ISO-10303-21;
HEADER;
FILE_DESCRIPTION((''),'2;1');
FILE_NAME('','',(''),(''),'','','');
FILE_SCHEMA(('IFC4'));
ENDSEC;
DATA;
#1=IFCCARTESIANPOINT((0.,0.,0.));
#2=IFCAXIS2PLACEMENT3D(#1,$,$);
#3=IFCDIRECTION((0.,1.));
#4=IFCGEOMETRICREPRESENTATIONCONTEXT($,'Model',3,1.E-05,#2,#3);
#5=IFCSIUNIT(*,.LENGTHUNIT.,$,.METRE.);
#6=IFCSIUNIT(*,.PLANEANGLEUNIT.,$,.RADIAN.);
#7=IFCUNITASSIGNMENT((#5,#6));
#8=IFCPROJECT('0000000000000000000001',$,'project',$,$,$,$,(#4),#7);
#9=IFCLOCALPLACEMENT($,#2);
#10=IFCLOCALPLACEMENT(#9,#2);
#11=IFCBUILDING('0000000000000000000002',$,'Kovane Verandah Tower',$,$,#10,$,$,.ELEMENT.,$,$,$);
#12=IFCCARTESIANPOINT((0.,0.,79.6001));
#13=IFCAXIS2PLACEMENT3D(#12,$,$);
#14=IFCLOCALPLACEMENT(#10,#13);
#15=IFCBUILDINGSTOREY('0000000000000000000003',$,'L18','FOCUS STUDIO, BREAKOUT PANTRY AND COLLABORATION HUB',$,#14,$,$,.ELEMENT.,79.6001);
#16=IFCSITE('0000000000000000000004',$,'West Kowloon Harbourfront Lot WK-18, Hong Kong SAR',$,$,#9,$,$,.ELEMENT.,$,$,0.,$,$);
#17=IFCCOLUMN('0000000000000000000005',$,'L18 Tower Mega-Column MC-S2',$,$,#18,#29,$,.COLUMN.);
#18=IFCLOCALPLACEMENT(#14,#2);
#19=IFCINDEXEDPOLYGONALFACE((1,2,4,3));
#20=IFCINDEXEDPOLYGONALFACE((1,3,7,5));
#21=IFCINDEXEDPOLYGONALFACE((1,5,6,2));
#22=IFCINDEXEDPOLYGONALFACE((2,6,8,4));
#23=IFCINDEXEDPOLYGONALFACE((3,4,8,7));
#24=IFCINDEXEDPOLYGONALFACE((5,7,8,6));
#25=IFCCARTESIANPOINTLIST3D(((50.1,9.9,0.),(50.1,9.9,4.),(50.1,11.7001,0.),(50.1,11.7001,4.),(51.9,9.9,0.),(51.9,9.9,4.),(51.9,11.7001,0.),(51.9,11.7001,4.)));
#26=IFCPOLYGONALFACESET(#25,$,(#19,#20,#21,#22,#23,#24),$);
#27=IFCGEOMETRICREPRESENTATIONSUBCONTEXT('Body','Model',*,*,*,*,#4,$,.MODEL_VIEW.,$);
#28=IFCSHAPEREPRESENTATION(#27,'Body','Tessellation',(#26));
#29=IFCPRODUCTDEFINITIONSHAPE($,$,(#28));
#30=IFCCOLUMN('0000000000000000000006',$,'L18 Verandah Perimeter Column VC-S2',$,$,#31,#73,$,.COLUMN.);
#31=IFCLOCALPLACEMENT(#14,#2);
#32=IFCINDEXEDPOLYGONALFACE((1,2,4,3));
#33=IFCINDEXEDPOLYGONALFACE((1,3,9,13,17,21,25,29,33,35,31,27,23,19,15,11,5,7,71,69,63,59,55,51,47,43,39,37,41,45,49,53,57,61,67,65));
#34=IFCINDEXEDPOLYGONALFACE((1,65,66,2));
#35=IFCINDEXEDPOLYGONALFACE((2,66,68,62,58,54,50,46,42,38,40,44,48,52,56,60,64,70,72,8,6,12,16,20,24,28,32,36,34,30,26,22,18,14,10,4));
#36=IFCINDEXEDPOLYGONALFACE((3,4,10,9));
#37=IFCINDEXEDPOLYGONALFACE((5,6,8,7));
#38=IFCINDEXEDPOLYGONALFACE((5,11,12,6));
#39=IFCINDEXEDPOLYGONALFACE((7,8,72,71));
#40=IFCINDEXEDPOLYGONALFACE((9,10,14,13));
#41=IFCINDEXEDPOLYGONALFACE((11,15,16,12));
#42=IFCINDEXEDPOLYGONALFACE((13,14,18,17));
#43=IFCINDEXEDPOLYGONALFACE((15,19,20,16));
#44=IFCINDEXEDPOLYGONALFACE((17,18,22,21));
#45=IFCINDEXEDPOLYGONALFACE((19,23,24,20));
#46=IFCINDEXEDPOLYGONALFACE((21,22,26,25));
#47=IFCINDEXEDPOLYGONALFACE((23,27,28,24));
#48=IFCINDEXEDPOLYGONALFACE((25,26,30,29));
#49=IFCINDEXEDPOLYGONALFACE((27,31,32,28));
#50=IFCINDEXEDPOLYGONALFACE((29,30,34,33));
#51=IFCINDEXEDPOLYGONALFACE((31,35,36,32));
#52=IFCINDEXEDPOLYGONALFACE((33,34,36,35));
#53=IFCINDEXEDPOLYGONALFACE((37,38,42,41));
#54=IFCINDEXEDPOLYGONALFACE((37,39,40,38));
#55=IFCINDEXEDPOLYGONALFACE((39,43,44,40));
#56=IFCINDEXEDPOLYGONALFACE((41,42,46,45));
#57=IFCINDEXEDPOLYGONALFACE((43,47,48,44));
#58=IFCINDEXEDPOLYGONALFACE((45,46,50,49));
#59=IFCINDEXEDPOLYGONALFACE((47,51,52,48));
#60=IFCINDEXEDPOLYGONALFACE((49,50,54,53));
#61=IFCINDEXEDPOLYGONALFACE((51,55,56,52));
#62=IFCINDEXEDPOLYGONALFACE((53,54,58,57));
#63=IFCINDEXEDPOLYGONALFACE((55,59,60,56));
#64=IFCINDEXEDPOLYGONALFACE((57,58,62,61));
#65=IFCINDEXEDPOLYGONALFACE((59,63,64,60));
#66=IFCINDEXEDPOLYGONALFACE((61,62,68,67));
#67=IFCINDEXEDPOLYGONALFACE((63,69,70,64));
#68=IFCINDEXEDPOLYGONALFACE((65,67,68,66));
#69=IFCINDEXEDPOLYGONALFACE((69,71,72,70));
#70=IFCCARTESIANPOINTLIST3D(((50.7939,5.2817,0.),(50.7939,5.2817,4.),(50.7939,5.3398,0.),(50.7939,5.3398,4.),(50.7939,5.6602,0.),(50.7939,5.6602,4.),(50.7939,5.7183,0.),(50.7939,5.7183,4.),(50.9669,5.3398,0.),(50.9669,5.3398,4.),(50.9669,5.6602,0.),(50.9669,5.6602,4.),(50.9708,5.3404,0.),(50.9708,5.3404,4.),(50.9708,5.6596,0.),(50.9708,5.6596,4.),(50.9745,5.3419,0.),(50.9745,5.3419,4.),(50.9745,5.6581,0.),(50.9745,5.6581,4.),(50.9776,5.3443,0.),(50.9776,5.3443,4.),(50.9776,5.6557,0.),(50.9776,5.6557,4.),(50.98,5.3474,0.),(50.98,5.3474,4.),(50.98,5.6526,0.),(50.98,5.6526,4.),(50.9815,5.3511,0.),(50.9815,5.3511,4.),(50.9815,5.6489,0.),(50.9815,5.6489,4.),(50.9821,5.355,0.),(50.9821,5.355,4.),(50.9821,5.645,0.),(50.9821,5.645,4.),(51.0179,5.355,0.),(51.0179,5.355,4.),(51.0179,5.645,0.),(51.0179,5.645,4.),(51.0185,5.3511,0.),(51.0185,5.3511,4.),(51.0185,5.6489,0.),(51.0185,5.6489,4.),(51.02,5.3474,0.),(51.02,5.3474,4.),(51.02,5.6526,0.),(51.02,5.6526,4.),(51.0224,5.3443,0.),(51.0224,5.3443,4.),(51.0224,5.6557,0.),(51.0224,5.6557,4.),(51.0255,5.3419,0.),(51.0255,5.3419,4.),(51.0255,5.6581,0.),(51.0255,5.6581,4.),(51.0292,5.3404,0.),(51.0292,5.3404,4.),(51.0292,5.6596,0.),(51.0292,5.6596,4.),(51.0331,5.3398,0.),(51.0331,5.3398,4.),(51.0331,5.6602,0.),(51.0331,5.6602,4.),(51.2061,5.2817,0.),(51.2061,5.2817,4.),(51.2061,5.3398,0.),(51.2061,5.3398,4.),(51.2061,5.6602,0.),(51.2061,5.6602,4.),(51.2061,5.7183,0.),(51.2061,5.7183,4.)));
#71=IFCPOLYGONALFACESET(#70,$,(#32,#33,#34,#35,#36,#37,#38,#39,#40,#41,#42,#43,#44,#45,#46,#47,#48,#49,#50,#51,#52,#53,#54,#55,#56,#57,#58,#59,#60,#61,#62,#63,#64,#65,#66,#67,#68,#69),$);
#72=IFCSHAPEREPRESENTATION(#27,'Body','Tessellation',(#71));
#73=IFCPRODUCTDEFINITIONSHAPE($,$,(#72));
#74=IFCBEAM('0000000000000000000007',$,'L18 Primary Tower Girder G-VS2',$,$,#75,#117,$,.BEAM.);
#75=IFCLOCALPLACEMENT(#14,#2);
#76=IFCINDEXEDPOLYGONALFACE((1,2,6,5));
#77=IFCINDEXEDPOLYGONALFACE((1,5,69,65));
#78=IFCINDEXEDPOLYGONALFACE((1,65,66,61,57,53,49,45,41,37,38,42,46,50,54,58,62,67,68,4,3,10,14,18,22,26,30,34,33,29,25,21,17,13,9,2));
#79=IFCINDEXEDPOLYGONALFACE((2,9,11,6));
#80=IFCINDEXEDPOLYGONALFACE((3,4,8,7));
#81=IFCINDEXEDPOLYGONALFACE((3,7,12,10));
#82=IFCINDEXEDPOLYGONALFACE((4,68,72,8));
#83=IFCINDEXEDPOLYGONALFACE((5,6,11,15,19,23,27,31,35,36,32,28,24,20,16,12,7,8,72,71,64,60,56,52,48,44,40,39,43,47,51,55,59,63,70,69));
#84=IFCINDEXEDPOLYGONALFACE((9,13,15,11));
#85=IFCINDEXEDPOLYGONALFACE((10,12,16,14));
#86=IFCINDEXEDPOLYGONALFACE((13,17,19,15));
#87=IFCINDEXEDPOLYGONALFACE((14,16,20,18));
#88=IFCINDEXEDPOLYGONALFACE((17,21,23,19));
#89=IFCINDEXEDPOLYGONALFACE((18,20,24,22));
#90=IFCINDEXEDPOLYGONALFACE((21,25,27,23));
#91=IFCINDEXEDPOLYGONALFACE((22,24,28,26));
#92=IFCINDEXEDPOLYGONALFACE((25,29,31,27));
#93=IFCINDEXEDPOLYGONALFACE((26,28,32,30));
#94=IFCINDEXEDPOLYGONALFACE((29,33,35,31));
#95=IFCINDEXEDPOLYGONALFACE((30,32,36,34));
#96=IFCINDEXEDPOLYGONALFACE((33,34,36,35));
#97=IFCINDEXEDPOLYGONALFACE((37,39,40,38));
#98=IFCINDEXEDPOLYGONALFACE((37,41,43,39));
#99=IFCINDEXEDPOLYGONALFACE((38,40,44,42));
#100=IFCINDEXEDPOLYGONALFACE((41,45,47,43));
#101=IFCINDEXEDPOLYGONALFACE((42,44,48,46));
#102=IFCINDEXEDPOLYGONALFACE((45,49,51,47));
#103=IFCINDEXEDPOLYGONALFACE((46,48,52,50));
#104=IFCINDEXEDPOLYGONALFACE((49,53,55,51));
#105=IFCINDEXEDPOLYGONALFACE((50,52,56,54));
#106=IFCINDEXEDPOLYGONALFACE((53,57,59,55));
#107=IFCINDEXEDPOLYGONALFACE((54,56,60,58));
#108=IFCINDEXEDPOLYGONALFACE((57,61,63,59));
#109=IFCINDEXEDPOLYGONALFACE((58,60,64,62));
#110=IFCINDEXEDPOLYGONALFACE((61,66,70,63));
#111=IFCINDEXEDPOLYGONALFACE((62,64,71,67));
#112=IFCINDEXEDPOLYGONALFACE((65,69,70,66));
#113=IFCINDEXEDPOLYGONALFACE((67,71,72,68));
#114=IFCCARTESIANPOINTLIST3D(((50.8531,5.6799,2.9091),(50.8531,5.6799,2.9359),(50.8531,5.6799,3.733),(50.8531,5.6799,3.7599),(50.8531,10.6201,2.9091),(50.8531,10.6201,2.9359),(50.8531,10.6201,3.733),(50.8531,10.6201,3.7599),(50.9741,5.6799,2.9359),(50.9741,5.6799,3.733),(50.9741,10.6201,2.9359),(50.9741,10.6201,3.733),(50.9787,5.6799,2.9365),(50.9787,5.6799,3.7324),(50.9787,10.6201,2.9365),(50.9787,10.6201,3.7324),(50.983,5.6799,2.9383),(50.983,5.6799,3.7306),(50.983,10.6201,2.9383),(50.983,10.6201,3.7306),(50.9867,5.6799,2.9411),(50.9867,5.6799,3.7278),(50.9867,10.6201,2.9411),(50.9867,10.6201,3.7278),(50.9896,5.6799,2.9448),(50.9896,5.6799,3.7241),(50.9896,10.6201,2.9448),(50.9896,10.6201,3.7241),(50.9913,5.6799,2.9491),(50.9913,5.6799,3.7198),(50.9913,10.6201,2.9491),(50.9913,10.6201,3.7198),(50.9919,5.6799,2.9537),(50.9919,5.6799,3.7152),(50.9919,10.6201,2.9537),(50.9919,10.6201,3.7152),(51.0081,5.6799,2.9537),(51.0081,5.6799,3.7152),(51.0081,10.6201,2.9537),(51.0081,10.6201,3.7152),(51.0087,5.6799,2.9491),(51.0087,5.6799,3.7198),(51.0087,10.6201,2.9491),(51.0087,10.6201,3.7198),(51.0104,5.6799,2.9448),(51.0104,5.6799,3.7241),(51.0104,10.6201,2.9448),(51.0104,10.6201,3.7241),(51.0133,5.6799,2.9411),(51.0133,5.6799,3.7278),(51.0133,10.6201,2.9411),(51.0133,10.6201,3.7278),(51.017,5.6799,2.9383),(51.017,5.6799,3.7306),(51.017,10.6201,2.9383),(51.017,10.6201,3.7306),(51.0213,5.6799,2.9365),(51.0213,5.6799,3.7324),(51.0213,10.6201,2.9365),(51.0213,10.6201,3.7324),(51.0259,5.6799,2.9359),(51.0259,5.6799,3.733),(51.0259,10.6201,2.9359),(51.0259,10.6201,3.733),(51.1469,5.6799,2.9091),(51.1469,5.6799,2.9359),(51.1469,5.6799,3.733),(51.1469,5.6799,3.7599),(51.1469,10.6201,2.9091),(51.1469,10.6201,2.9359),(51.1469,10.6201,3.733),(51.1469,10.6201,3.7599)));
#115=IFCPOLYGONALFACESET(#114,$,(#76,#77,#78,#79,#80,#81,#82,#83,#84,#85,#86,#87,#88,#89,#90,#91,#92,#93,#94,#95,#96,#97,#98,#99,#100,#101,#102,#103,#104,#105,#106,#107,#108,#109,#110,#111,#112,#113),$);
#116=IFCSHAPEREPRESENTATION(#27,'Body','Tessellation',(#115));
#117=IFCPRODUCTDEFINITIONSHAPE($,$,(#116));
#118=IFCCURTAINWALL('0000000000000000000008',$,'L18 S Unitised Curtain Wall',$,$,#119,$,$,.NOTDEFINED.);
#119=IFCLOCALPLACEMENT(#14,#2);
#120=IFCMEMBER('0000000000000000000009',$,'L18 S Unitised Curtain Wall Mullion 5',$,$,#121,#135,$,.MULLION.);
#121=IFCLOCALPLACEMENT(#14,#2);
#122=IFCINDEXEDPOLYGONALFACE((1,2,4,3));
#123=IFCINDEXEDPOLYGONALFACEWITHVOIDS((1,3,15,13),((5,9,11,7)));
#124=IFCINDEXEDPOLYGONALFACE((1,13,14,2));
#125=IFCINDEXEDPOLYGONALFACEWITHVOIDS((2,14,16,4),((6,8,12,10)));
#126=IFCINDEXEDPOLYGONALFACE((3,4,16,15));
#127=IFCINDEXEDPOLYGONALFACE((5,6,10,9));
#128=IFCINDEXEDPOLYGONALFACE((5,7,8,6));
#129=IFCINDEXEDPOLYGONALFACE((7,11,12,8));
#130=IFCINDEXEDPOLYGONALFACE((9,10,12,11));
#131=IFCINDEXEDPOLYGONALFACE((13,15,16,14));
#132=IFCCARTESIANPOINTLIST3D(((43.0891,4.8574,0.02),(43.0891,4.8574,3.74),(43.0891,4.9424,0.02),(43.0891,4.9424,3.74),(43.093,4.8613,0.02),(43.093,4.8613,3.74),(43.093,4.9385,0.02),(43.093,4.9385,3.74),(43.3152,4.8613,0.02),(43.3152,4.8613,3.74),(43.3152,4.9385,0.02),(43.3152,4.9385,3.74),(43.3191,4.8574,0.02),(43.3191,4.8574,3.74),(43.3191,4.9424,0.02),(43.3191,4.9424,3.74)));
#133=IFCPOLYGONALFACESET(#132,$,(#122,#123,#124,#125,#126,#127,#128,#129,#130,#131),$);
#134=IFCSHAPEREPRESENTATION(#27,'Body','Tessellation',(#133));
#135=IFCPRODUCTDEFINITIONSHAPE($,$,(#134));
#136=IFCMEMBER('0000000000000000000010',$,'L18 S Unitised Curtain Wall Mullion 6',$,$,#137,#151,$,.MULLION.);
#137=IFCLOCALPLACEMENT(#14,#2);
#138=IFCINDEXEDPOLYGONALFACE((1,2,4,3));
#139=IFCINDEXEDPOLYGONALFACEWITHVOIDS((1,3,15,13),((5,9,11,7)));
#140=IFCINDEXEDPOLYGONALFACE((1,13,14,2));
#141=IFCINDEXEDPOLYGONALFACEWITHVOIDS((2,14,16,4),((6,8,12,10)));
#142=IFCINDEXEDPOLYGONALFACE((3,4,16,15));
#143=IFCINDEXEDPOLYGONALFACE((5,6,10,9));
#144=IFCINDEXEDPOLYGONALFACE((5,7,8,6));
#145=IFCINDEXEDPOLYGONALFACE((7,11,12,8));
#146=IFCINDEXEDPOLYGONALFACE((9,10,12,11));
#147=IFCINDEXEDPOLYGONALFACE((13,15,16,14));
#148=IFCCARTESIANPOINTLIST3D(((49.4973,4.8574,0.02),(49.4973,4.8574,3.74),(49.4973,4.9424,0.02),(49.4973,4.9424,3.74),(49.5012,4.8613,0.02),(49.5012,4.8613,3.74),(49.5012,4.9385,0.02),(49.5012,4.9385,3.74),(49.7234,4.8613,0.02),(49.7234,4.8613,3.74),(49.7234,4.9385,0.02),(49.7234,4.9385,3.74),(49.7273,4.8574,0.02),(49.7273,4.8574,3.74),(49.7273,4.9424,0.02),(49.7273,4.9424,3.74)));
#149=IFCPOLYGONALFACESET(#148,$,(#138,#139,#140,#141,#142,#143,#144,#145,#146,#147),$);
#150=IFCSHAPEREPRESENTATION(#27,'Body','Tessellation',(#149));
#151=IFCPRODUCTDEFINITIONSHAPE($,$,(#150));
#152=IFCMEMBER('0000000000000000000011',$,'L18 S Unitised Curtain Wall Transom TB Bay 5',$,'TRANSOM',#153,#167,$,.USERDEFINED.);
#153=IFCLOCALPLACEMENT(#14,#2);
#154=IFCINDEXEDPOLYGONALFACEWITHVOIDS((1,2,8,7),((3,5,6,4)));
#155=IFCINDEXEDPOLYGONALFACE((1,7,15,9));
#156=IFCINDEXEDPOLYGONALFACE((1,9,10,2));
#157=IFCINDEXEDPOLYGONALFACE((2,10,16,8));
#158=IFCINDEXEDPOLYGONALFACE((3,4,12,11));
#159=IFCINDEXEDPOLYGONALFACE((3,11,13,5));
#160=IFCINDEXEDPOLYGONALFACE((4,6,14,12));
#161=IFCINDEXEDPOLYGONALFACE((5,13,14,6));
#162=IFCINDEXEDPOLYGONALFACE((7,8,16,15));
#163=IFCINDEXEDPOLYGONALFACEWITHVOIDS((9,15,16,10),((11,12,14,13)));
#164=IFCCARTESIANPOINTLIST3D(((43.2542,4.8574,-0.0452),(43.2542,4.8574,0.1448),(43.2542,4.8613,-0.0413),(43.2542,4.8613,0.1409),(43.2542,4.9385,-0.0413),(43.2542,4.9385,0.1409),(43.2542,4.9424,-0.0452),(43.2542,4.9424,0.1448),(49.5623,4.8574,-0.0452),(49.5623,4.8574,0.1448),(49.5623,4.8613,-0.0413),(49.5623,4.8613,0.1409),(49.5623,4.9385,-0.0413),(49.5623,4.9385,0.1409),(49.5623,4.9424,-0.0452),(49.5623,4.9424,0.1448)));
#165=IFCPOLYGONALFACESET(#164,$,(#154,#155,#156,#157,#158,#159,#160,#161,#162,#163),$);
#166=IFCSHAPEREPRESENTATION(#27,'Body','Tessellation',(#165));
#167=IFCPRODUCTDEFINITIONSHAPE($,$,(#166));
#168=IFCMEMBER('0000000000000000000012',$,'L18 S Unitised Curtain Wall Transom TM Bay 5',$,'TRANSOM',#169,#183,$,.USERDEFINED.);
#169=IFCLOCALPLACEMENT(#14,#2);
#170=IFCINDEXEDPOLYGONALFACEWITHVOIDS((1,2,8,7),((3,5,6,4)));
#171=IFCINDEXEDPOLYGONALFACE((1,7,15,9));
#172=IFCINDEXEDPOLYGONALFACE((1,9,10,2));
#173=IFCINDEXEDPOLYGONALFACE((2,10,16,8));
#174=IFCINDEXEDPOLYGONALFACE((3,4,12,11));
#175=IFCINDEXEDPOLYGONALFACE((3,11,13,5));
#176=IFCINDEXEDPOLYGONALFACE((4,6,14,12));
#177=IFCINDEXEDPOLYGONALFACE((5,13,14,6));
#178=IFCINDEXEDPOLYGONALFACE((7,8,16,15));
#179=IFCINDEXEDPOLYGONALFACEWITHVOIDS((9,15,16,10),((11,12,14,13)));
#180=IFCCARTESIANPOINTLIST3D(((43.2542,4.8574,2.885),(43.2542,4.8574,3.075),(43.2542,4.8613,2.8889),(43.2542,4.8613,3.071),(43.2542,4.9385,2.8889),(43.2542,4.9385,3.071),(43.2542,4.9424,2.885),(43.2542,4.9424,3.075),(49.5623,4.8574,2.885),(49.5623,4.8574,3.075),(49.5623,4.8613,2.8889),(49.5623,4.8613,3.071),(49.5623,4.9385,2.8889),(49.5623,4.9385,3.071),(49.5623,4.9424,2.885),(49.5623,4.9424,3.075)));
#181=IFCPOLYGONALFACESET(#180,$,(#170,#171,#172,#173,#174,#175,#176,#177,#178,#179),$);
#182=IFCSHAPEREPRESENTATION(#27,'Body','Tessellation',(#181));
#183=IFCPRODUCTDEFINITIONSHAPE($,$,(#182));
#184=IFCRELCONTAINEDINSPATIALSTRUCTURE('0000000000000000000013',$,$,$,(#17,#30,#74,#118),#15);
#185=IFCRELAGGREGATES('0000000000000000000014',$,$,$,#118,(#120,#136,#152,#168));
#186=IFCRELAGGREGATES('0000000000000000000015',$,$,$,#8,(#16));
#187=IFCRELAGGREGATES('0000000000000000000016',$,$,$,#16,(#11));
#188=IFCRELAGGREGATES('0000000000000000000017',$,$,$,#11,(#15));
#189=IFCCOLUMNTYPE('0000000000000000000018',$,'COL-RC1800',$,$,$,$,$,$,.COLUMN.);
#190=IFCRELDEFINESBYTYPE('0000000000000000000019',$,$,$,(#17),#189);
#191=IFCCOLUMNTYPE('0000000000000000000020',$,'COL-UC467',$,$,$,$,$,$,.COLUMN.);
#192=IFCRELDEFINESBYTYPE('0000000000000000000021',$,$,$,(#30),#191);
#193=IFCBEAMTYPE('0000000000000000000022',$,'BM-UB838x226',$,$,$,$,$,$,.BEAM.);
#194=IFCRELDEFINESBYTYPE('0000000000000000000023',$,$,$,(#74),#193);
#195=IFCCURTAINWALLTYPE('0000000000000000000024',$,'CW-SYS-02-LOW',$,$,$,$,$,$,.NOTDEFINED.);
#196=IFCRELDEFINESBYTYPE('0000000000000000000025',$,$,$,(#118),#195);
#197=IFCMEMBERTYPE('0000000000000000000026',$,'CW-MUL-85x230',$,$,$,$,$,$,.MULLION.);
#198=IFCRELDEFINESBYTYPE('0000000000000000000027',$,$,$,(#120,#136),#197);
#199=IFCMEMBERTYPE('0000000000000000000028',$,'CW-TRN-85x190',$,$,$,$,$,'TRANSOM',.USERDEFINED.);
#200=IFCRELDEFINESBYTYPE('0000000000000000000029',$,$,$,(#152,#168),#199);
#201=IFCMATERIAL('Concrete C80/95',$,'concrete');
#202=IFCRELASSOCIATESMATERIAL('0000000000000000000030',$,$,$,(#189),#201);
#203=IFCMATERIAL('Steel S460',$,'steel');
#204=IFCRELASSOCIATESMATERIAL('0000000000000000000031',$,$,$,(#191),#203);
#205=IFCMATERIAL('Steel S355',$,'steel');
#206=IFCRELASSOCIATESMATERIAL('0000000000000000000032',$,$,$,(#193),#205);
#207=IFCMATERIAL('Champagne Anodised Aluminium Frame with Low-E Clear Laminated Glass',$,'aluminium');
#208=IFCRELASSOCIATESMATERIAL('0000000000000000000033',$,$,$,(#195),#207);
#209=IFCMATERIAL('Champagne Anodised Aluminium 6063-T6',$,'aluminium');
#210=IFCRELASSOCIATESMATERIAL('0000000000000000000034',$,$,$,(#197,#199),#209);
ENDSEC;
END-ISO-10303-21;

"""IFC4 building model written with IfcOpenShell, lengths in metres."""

from ifc_helpers import new_model, si_unit, direction, frame, origin, origin_2d, place, context, subcontext, project, spatial, rectangle, hollow_rectangle, i_section, extrude, material, material_profile, profile_set, type_object, element, aggregate, save


model = new_model("IFC4")

# Units and contexts
model_context = context("Model", 3, precision=1e-05, world=origin(), true_north=direction((0.0, 1.0)))
body_context = subcontext(model_context, "Body", "Model", "MODEL_VIEW")
ifc_project = project(units=[si_unit("LENGTHUNIT", "METRE"), si_unit("PLANEANGLEUNIT", "RADIAN")], contexts=[model_context])

# Site, building, storey
site_placement = place(None, origin())
site = spatial("IfcSite", under=ifc_project, at=site_placement, Name="West Kowloon Harbourfront Lot WK-18, Hong Kong SAR", CompositionType="ELEMENT", RefElevation=0.0)
building_placement = place(site_placement, origin())
building = spatial("IfcBuilding", under=site, at=building_placement, Name="Kovane Verandah Tower", CompositionType="ELEMENT")
storey_placement = place(building_placement, frame((0.0, 0.0, 79.6001)))
storey = spatial("IfcBuildingStorey", under=building, at=storey_placement, Name="L18", Description="FOCUS STUDIO, BREAKOUT PANTRY AND COLLABORATION HUB", CompositionType="ELEMENT", Elevation=79.6001)

# Columns
ifc_material_1 = material(Name="Concrete C80/95", Category="concrete")
ifc_material_profile_1 = material_profile(ifc_material_1, rectangle(XDim=1.8, YDim=1.8, at=origin_2d()), Name="RC1800x1800")
ifc_profile_set_1 = profile_set([ifc_material_profile_1], Name="Concrete C80/95")
column_type_1 = type_object("IfcColumnType", Name="COL-RC1800", PredefinedType="COLUMN", material=ifc_profile_set_1)
column_1_placement = place(storey_placement, frame((51.0, 10.8, 0.0), z_axis=(0.0, 0.0, 1.0), x_axis=(1.0, 0.0, 0.0)))
element("IfcColumn", 1, at=column_1_placement, inside=storey, type_object=column_type_1, Name="L18 Tower Mega-Column MC-S2", PredefinedType="COLUMN", context=body_context, shape_type="SweptSolid", body=[
    extrude(rectangle(XDim=1.8, YDim=1.8, at=origin_2d()), origin(), (0.0, 0.0, 1.0), 4.0),
])
ifc_material_2 = material(Name="Steel S460", Category="steel")
ifc_material_profile_2 = material_profile(ifc_material_2, i_section(OverallWidth=0.4121, OverallDepth=0.4365, WebThickness=0.0359, FlangeThickness=0.0581, FilletRadius=0.0151, at=origin_2d()), Name="UC356x406x467")
ifc_profile_set_2 = profile_set([ifc_material_profile_2], Name="Steel S460")
column_type_2 = type_object("IfcColumnType", Name="COL-UC467", PredefinedType="COLUMN", material=ifc_profile_set_2)
column_2_placement = place(storey_placement, frame((51.0, 5.5, 0.0), z_axis=(0.0, 0.0, 1.0), x_axis=(1.0, 0.0, 0.0)))
element("IfcColumn", 2, at=column_2_placement, inside=storey, type_object=column_type_2, Name="L18 Verandah Perimeter Column VC-S2", PredefinedType="COLUMN", context=body_context, shape_type="SweptSolid", body=[
    extrude(i_section(OverallWidth=0.4121, OverallDepth=0.4365, WebThickness=0.0359, FlangeThickness=0.0581, FilletRadius=0.0151, at=origin_2d()), origin(), (0.0, 0.0, 1.0), 4.0),
])

# Beam
ifc_material_3 = material(Name="Steel S355", Category="steel")
ifc_material_profile_3 = material_profile(ifc_material_3, i_section(OverallWidth=0.2937, OverallDepth=0.8508, WebThickness=0.0161, FlangeThickness=0.0269, FilletRadius=0.0178, at=origin_2d()), Name="UB838x292x226")
ifc_profile_set_3 = profile_set([ifc_material_profile_3], Name="Steel S355")
beam_type = type_object("IfcBeamType", Name="BM-UB838x226", PredefinedType="BEAM", material=ifc_profile_set_3)
beam_placement = place(storey_placement, frame((51.0, 10.6201, 3.3345), z_axis=(0.0, -1.0, 0.0), x_axis=(1.0, 0.0, 0.0)))
element("IfcBeam", 3, at=beam_placement, inside=storey, type_object=beam_type, Name="L18 Primary Tower Girder G-VS2", PredefinedType="BEAM", context=body_context, shape_type="SweptSolid", body=[
    extrude(i_section(OverallWidth=0.2937, OverallDepth=0.8508, WebThickness=0.0161, FlangeThickness=0.0269, FilletRadius=0.0178, at=origin_2d()), origin(), (0.0, 0.0, 1.0), 4.9402),
])

# Curtain wall, members
ifc_material_4 = material(Name="Champagne Anodised Aluminium Frame with Low-E Clear Laminated Glass", Category="aluminium")
curtain_wall_type = type_object("IfcCurtainWallType", Name="CW-SYS-02-LOW", PredefinedType="NOTDEFINED", material=ifc_material_4)
curtain_wall_placement = place(storey_placement, origin())
curtain_wall = element("IfcCurtainWall", 4, at=curtain_wall_placement, inside=storey, type_object=curtain_wall_type, Name="L18 S Unitised Curtain Wall", PredefinedType="NOTDEFINED")
ifc_material_5 = material(Name="Champagne Anodised Aluminium 6063-T6", Category="aluminium")
ifc_material_profile_4 = material_profile(ifc_material_5, hollow_rectangle(XDim=0.085, YDim=0.23, WallThickness=0.0039, at=origin_2d()), Name="AL85x230x4")
ifc_profile_set_4 = profile_set([ifc_material_profile_4], Name="Champagne Anodised Aluminium 6063-T6")
member_type_1 = type_object("IfcMemberType", Name="CW-MUL-85x230", PredefinedType="MULLION", material=ifc_profile_set_4)
member_1_placement = place(storey_placement, frame((43.2041, 4.8999, 0.02), z_axis=(0.0, 0.0, 1.0), x_axis=(0.0, -1.0, 0.0)))
member_1 = element("IfcMember", 5, at=member_1_placement, type_object=member_type_1, Name="L18 S Unitised Curtain Wall Mullion 5", PredefinedType="MULLION", context=body_context, shape_type="SweptSolid", body=[
    extrude(hollow_rectangle(XDim=0.085, YDim=0.23, WallThickness=0.0039, at=origin_2d()), origin(), (0.0, 0.0, 1.0), 3.72),
])
member_2_placement = place(storey_placement, frame((49.6123, 4.8999, 0.02), z_axis=(0.0, 0.0, 1.0), x_axis=(0.0, -1.0, 0.0)))
member_2 = element("IfcMember", 6, at=member_2_placement, type_object=member_type_1, Name="L18 S Unitised Curtain Wall Mullion 6", PredefinedType="MULLION", context=body_context, shape_type="SweptSolid", body=[
    extrude(hollow_rectangle(XDim=0.085, YDim=0.23, WallThickness=0.0039, at=origin_2d()), origin(), (0.0, 0.0, 1.0), 3.72),
])
ifc_material_profile_5 = material_profile(ifc_material_5, hollow_rectangle(XDim=0.085, YDim=0.1899, WallThickness=0.0039, at=origin_2d()), Name="AL85x190x4")
ifc_profile_set_5 = profile_set([ifc_material_profile_5], Name="Champagne Anodised Aluminium 6063-T6")
member_type_2 = type_object("IfcMemberType", Name="CW-TRN-85x190", ElementType="TRANSOM", PredefinedType="USERDEFINED", material=ifc_profile_set_5)
member_3_placement = place(storey_placement, frame((43.2542, 4.8999, 0.0498), z_axis=(1.0, 0.0, 0.0), x_axis=(0.0, 1.0, 0.0)))
member_3 = element("IfcMember", 7, at=member_3_placement, type_object=member_type_2, Name="L18 S Unitised Curtain Wall Transom TB Bay 5", ObjectType="TRANSOM", PredefinedType="USERDEFINED", context=body_context, shape_type="SweptSolid", body=[
    extrude(hollow_rectangle(XDim=0.085, YDim=0.1899, WallThickness=0.0039, at=origin_2d()), origin(), (0.0, 0.0, 1.0), 6.3081),
])
member_4_placement = place(storey_placement, frame((43.2542, 4.8999, 2.98), z_axis=(1.0, 0.0, 0.0), x_axis=(0.0, 1.0, 0.0)))
member_4 = element("IfcMember", 8, at=member_4_placement, type_object=member_type_2, Name="L18 S Unitised Curtain Wall Transom TM Bay 5", ObjectType="TRANSOM", PredefinedType="USERDEFINED", context=body_context, shape_type="SweptSolid", body=[
    extrude(hollow_rectangle(XDim=0.085, YDim=0.1899, WallThickness=0.0039, at=origin_2d()), origin(), (0.0, 0.0, 1.0), 6.3081),
])
aggregate(curtain_wall, [member_1, member_2, member_3, member_4])

save(model, "model.ifc")
